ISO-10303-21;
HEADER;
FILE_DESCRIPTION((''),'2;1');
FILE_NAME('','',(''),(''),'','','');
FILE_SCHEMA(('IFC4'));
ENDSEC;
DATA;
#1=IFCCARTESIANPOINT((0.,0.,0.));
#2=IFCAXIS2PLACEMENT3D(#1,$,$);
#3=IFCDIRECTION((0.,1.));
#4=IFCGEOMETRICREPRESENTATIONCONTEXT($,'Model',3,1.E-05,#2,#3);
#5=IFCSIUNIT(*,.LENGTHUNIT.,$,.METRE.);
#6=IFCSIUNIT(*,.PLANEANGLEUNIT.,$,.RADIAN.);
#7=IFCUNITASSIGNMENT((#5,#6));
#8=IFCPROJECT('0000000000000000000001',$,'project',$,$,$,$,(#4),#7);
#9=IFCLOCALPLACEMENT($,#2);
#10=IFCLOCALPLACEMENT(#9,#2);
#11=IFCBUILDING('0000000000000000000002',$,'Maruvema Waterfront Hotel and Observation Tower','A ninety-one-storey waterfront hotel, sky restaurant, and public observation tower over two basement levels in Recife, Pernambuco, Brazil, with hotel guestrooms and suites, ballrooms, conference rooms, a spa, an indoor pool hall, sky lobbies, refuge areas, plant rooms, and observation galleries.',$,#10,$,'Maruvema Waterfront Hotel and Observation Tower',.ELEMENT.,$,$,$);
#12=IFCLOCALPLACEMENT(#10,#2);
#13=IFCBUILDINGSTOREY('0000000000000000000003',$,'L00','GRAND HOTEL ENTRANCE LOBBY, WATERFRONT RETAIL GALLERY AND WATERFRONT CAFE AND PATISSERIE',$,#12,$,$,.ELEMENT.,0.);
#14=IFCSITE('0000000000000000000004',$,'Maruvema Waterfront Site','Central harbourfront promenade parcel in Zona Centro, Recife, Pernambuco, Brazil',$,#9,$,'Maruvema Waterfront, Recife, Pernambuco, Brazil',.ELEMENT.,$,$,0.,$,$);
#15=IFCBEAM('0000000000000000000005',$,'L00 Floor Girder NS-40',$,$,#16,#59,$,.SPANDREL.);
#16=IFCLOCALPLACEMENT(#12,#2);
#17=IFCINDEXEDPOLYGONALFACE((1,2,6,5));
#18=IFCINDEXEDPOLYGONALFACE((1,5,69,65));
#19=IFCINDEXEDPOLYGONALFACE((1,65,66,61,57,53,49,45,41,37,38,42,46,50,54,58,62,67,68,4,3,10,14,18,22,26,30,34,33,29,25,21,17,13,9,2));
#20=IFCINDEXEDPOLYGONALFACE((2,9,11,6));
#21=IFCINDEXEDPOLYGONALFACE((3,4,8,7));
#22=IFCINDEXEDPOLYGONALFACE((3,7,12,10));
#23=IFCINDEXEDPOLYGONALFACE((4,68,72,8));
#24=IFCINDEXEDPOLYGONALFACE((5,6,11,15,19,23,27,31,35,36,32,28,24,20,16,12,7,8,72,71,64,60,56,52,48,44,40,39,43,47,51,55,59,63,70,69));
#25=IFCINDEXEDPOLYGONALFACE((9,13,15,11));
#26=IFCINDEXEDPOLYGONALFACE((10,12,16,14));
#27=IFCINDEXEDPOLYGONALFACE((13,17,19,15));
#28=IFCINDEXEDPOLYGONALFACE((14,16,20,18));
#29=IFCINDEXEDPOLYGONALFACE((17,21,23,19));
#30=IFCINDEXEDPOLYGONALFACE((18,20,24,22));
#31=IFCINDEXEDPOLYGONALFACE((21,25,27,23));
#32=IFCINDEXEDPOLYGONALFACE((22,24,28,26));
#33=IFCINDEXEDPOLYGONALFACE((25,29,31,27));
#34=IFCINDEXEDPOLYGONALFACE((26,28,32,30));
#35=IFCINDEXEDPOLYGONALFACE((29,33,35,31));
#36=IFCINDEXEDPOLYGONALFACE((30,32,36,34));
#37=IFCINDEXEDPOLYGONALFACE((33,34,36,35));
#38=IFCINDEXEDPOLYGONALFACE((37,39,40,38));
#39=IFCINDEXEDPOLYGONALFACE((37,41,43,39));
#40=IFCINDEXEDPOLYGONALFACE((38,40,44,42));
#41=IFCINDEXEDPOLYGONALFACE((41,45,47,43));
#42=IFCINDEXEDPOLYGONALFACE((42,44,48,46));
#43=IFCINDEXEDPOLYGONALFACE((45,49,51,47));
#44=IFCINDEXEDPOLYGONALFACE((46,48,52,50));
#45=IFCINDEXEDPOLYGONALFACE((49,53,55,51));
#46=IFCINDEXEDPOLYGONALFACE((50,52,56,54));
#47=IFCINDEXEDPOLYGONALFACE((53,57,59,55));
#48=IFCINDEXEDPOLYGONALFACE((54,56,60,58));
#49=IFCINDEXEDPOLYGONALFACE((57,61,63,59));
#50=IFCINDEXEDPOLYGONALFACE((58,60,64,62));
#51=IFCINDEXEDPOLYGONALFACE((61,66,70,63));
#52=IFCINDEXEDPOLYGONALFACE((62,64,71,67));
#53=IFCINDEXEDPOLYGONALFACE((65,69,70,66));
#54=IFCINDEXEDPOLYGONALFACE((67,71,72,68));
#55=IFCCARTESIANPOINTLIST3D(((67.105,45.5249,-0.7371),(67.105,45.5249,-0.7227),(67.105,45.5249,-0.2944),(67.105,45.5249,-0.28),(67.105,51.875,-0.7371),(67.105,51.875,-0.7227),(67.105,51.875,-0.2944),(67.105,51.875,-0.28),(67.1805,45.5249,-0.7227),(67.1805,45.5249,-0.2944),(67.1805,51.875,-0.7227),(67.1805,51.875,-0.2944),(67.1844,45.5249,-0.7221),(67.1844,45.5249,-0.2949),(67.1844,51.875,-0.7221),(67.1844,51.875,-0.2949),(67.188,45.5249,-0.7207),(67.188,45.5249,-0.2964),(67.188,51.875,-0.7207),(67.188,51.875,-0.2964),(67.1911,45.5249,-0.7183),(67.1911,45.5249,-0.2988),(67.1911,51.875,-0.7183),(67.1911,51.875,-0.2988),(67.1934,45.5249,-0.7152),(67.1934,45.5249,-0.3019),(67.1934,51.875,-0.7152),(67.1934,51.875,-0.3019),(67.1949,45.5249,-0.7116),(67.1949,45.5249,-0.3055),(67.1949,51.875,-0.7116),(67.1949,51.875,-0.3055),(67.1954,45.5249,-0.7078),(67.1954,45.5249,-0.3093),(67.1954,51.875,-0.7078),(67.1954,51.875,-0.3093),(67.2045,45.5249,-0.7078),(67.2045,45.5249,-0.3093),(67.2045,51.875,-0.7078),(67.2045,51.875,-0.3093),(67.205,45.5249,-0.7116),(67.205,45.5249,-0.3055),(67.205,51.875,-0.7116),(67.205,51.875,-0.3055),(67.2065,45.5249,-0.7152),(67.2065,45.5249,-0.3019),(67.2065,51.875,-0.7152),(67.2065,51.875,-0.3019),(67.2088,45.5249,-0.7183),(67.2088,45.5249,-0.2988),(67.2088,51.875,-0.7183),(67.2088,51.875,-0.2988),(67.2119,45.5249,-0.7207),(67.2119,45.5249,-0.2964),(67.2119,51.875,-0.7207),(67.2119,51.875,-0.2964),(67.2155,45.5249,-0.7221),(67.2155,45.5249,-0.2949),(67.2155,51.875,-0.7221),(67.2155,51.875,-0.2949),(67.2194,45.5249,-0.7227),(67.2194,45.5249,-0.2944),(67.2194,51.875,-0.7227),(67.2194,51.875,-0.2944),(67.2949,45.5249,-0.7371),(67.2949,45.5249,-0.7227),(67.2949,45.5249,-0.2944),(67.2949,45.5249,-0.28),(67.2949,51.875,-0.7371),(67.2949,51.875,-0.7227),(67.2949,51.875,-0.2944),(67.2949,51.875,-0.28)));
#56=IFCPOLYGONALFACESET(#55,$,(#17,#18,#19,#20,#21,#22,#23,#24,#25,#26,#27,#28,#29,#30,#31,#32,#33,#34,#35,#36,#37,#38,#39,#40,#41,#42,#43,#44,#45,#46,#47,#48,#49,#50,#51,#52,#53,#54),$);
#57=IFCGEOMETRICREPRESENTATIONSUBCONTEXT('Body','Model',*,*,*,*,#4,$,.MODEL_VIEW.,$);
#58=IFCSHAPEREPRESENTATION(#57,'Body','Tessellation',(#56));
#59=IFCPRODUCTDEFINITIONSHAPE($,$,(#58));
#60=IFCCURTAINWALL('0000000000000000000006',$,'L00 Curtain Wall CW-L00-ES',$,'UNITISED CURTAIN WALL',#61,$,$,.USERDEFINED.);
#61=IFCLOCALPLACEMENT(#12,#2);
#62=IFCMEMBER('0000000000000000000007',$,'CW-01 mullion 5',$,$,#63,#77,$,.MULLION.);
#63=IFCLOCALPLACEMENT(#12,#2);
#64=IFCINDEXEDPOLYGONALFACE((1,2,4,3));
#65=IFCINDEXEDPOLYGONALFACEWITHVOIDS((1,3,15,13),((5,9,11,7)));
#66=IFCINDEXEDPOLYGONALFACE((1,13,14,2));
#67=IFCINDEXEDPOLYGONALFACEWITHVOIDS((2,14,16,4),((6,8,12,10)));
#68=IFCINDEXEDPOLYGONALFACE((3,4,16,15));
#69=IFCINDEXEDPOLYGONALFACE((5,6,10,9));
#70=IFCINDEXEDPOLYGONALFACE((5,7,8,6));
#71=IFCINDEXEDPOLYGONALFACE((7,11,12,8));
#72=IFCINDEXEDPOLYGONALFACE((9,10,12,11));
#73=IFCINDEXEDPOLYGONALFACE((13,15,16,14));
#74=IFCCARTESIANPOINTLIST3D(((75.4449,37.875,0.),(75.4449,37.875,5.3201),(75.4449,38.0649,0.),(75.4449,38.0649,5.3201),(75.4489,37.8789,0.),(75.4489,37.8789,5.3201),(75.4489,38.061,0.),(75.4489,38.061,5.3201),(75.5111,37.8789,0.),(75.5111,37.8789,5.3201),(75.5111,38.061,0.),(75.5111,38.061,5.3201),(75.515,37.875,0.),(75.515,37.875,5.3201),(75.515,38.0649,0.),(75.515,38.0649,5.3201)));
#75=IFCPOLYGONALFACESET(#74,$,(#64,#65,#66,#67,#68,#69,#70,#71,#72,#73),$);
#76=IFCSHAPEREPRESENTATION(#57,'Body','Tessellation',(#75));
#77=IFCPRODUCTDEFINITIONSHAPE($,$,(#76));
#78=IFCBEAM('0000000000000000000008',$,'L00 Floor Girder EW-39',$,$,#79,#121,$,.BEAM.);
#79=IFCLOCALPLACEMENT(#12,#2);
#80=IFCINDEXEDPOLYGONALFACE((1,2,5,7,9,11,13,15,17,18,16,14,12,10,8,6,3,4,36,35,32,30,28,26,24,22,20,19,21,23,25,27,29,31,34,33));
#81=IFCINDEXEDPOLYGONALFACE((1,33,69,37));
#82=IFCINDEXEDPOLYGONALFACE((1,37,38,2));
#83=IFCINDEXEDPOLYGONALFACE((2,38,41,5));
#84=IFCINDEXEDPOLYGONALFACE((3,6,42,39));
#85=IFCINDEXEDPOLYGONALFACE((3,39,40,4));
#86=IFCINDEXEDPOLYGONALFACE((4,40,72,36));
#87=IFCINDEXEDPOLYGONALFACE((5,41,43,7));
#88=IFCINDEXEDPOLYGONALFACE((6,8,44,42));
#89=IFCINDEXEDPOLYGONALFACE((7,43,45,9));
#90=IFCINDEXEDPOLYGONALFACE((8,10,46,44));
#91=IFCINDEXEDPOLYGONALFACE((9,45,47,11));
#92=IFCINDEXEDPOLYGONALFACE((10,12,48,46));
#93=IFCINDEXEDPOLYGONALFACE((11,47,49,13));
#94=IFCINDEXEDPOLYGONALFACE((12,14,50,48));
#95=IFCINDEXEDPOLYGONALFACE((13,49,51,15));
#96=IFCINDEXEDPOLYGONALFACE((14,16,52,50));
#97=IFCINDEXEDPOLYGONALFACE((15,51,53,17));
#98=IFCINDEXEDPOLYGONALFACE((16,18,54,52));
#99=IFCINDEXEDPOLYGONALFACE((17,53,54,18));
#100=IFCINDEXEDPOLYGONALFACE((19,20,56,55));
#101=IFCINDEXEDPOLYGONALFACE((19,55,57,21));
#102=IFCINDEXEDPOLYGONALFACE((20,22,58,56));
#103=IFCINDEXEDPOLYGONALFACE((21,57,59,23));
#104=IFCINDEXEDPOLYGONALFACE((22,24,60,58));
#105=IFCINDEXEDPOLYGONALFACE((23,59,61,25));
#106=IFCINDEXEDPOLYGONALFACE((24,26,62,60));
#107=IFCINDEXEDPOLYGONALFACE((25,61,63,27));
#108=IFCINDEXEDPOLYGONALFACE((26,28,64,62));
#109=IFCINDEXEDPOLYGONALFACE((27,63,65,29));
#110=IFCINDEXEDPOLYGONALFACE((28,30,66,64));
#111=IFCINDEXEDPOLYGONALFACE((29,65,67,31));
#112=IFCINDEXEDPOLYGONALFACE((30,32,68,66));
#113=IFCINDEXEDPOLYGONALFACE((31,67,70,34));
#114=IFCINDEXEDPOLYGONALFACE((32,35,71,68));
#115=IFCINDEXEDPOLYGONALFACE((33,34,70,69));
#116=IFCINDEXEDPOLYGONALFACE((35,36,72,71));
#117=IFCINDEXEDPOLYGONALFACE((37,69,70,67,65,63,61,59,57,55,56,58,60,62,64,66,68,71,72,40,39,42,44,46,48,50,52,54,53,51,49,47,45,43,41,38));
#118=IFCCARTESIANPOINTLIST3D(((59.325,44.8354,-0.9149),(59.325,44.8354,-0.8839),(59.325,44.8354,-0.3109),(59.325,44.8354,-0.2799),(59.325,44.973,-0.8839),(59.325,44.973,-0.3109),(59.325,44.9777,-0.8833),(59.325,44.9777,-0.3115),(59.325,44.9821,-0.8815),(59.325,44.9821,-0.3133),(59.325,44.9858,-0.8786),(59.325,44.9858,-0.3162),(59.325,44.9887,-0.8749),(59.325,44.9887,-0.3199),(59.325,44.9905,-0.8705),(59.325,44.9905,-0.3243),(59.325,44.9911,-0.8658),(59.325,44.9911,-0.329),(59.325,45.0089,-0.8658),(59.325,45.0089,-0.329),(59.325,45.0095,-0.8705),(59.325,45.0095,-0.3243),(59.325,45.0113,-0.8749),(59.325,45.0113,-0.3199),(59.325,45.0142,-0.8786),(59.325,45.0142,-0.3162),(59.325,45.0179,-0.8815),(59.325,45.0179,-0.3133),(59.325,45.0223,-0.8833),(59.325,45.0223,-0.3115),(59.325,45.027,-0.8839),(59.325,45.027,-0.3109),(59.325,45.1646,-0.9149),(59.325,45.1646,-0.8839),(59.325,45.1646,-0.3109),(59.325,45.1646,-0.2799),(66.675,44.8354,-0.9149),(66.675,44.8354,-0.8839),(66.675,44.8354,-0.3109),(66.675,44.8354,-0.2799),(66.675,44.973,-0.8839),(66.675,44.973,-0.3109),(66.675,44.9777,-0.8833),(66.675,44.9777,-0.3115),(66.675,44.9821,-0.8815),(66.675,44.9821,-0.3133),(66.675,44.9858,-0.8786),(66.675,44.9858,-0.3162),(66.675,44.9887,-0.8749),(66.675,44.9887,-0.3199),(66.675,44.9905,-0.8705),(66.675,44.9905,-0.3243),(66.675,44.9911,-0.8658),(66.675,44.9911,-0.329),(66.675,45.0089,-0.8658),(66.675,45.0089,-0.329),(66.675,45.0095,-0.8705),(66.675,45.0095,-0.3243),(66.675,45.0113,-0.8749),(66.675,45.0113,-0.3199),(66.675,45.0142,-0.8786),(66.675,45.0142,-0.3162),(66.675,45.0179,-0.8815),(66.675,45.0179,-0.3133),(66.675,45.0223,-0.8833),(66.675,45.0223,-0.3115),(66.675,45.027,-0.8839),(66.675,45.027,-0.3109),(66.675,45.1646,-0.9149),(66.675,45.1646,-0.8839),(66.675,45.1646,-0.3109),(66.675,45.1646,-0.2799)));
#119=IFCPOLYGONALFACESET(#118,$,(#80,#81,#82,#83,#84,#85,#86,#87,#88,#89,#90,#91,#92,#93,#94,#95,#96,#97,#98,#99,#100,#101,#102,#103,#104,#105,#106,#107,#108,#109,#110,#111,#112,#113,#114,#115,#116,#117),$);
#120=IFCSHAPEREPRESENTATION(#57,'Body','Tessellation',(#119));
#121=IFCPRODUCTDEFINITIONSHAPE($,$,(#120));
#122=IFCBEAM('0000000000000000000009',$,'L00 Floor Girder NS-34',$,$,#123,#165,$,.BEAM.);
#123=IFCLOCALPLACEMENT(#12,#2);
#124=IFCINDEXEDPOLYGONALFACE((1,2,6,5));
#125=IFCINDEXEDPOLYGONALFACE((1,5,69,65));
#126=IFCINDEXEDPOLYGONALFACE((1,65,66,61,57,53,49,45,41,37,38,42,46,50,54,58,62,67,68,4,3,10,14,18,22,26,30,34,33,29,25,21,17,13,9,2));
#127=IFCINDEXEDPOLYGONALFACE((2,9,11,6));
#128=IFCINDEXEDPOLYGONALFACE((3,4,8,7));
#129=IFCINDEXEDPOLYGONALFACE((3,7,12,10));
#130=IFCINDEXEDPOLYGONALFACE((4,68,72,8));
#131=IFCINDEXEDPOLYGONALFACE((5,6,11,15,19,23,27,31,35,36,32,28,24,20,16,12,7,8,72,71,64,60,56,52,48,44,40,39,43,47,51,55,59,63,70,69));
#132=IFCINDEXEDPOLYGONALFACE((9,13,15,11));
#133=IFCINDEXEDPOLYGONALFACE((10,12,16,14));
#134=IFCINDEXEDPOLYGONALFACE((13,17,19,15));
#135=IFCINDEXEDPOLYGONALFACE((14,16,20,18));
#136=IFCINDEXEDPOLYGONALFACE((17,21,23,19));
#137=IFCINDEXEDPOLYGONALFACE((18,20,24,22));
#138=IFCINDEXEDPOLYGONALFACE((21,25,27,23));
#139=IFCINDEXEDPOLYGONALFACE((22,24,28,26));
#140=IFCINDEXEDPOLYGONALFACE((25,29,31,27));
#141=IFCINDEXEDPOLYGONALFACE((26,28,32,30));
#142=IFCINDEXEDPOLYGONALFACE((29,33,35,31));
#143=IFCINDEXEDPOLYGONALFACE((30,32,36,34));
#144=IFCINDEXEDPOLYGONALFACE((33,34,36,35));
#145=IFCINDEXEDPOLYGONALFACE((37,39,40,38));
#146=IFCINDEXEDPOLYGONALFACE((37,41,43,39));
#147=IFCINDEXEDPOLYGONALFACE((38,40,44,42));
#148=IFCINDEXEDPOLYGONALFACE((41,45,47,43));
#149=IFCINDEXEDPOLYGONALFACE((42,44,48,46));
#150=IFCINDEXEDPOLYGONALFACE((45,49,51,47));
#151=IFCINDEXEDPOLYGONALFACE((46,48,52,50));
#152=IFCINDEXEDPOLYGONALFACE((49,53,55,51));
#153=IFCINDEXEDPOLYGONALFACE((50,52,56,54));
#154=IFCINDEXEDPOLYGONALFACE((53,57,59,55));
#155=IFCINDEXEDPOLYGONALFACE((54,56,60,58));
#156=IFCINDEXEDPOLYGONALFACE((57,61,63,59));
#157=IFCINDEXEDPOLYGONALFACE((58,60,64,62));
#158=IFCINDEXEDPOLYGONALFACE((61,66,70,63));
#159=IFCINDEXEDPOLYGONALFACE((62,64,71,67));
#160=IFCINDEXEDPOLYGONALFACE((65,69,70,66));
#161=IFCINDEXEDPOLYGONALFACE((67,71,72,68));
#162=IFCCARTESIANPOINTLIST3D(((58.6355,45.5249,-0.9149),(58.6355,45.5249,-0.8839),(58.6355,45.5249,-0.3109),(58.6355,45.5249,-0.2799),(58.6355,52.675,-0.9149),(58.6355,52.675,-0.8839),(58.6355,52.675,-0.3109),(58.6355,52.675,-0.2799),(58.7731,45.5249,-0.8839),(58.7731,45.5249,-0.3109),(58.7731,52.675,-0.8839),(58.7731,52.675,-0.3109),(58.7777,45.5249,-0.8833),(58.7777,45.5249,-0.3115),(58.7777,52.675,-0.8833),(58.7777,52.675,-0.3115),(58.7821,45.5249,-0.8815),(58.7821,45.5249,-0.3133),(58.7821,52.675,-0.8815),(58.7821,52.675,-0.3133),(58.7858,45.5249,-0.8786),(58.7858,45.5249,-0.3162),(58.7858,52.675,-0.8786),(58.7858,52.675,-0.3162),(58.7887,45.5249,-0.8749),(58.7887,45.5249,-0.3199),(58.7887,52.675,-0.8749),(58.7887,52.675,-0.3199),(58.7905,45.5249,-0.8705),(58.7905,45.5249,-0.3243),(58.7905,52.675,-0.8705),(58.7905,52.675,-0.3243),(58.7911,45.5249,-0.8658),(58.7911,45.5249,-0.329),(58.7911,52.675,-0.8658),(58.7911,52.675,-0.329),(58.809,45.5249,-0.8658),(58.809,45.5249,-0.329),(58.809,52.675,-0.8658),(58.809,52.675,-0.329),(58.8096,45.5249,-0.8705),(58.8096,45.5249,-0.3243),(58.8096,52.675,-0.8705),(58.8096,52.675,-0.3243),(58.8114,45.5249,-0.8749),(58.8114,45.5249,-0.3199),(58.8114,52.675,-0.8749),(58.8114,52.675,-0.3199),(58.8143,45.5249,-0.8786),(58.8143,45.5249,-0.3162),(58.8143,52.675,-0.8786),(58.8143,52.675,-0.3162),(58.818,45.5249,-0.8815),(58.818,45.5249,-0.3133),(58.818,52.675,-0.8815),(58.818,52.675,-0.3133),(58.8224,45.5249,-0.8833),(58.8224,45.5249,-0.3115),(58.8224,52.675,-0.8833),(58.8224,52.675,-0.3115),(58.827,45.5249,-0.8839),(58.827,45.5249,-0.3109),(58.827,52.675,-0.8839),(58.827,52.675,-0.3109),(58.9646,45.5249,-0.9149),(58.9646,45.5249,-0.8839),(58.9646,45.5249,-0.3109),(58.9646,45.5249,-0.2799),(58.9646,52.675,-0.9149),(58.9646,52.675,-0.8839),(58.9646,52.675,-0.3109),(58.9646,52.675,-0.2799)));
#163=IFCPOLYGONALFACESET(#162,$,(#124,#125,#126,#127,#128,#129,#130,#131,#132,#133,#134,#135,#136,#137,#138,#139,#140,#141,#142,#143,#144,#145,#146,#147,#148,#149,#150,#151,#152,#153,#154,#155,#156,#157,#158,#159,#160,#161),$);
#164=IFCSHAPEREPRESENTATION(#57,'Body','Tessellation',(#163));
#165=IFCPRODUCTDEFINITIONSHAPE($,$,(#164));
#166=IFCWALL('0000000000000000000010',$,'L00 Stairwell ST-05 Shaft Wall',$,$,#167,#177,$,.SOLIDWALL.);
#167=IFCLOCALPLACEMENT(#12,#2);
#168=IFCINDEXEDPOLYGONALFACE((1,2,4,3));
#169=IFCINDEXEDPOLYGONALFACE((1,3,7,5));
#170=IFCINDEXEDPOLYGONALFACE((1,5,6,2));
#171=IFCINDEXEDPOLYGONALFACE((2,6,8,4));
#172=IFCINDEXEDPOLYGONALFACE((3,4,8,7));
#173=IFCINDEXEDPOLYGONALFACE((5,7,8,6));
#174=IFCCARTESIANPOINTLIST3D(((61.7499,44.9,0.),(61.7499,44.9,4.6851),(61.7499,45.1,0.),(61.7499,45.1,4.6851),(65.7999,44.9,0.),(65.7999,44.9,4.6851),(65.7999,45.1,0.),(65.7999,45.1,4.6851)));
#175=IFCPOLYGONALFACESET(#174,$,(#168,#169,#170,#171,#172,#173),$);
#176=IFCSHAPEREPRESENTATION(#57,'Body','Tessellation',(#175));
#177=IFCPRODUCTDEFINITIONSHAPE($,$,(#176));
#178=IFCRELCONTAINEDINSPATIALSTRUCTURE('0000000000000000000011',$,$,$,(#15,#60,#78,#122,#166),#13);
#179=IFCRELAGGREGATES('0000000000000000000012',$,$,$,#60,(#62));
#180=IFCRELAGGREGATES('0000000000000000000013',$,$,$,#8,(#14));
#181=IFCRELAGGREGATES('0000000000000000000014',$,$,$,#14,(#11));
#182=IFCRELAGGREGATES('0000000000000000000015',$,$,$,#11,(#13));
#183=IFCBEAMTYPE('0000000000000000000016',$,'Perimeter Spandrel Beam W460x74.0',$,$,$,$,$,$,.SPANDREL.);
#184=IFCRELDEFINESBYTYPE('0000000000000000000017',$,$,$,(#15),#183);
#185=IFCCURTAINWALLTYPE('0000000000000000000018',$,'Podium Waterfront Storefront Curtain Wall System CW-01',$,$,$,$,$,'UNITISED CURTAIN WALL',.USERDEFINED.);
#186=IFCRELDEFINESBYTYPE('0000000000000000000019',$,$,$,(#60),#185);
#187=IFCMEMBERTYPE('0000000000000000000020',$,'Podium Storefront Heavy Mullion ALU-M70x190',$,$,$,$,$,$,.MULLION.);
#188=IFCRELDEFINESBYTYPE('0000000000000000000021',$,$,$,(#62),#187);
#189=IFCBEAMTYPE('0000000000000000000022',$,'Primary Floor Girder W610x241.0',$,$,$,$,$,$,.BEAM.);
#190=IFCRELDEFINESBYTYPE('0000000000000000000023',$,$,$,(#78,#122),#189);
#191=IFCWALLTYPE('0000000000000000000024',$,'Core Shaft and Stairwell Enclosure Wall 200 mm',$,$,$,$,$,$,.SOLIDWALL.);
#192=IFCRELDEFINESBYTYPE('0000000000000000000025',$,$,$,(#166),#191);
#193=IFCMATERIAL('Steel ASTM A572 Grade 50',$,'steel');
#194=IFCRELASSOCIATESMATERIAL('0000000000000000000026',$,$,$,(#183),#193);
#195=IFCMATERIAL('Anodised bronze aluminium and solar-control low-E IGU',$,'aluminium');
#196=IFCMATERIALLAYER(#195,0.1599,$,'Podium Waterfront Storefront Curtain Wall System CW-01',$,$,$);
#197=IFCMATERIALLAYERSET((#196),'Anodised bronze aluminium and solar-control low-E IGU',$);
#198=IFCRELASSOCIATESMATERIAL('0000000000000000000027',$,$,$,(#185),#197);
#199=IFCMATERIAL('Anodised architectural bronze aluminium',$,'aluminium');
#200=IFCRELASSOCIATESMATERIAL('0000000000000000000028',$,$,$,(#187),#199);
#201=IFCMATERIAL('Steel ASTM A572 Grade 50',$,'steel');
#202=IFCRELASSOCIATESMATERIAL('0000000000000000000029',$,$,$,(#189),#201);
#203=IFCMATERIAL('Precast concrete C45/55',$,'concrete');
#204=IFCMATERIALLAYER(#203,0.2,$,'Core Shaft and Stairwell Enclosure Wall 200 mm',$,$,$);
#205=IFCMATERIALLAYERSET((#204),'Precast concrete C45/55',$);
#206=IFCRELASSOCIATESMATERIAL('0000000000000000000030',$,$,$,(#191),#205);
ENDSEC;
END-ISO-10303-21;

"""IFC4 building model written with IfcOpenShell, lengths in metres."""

from ifc_helpers import new_model, si_unit, direction, frame, frame_2d, origin, origin_2d, place, context, subcontext, project, spatial, rectangle, hollow_rectangle, i_section, extrude, material, layer, layer_set, material_profile, profile_set, type_object, element, aggregate, save


model = new_model("IFC4")

# Units and contexts
model_context = context("Model", 3, precision=1e-05, world=origin(), true_north=direction((0.0, 1.0)))
body_context = subcontext(model_context, "Body", "Model", "MODEL_VIEW")
ifc_project = project(units=[si_unit("LENGTHUNIT", "METRE"), si_unit("PLANEANGLEUNIT", "RADIAN")], contexts=[model_context])

# Site, building, storey
site_placement = place(None, origin())
site = spatial("IfcSite", under=ifc_project, at=site_placement, Name="Maruvema Waterfront Site", Description="Central harbourfront promenade parcel in Zona Centro, Recife, Pernambuco, Brazil", LongName="Maruvema Waterfront, Recife, Pernambuco, Brazil", CompositionType="ELEMENT", RefElevation=0.0)
building_placement = place(site_placement, origin())
building = spatial("IfcBuilding", under=site, at=building_placement, Name="Maruvema Waterfront Hotel and Observation Tower", Description="A ninety-one-storey waterfront hotel, sky restaurant, and public observation tower over two basement levels in Recife, Pernambuco, Brazil, with hotel guestrooms and suites, ballrooms, conference rooms, a spa, an indoor pool hall, sky lobbies, refuge areas, plant rooms, and observation galleries.", LongName="Maruvema Waterfront Hotel and Observation Tower", CompositionType="ELEMENT")
storey_placement = place(building_placement, origin())
storey = spatial("IfcBuildingStorey", under=building, at=storey_placement, Name="L00", Description="GRAND HOTEL ENTRANCE LOBBY, WATERFRONT RETAIL GALLERY AND WATERFRONT CAFE AND PATISSERIE", CompositionType="ELEMENT", Elevation=0.0)

# Beam
ifc_material_1 = material(Name="Steel ASTM A572 Grade 50", Category="steel")
ifc_material_profile_1 = material_profile(ifc_material_1, i_section(OverallWidth=0.1899, OverallDepth=0.457, WebThickness=0.009, FlangeThickness=0.0144, FilletRadius=0.0149, at=origin_2d()), Name="W460x74.0")
ifc_profile_set_1 = profile_set([ifc_material_profile_1], Name="Steel ASTM A572 Grade 50")
beam_type_1 = type_object("IfcBeamType", Name="Perimeter Spandrel Beam W460x74.0", PredefinedType="SPANDREL", material=ifc_profile_set_1)
beam_1_placement = place(storey_placement, frame((67.2, 45.5249, -0.5085), z_axis=(0.0, 1.0, 0.0), x_axis=(-1.0, 0.0, 0.0)))
element("IfcBeam", 1, at=beam_1_placement, inside=storey, type_object=beam_type_1, Name="L00 Floor Girder NS-40", PredefinedType="SPANDREL", context=body_context, shape_type="SweptSolid", body=[
    extrude(i_section(OverallWidth=0.1899, OverallDepth=0.457, WebThickness=0.009, FlangeThickness=0.0144, FilletRadius=0.0149, at=origin_2d()), origin(), (0.0, 0.0, 1.0), 6.3501),
])

# Curtain wall, member
ifc_material_2 = material(Name="Anodised bronze aluminium and solar-control low-E IGU", Category="aluminium")
ifc_layer_1 = layer(ifc_material_2, 0.1599, Name="Podium Waterfront Storefront Curtain Wall System CW-01")
ifc_layer_set_1 = layer_set([ifc_layer_1], Name="Anodised bronze aluminium and solar-control low-E IGU")
curtain_wall_type = type_object("IfcCurtainWallType", Name="Podium Waterfront Storefront Curtain Wall System CW-01", ElementType="UNITISED CURTAIN WALL", PredefinedType="USERDEFINED", material=ifc_layer_set_1)
curtain_wall_placement = place(storey_placement, origin())
curtain_wall = element("IfcCurtainWall", 2, at=curtain_wall_placement, inside=storey, type_object=curtain_wall_type, Name="L00 Curtain Wall CW-L00-ES", ObjectType="UNITISED CURTAIN WALL", PredefinedType="USERDEFINED")
ifc_material_3 = material(Name="Anodised architectural bronze aluminium", Category="aluminium")
ifc_material_profile_2 = material_profile(ifc_material_3, hollow_rectangle(XDim=0.0701, YDim=0.1899, WallThickness=0.0039, at=origin_2d()), Name="ALU-M70x190")
ifc_profile_set_2 = profile_set([ifc_material_profile_2], Name="Anodised architectural bronze aluminium")
member_type = type_object("IfcMemberType", Name="Podium Storefront Heavy Mullion ALU-M70x190", PredefinedType="MULLION", material=ifc_profile_set_2)
member_placement = place(storey_placement, frame((75.48, 37.97, 0.0), z_axis=(0.0, 0.0, 1.0), x_axis=(-1.0, 0.0, 0.0)))
member = element("IfcMember", 3, at=member_placement, type_object=member_type, Name="CW-01 mullion 5", PredefinedType="MULLION", context=body_context, shape_type="SweptSolid", body=[
    extrude(hollow_rectangle(XDim=0.0701, YDim=0.1899, WallThickness=0.0039, at=origin_2d()), origin(), (0.0, 0.0, 1.0), 5.3201),
])
aggregate(curtain_wall, [member])

# Beams
ifc_material_4 = material(Name="Steel ASTM A572 Grade 50", Category="steel")
ifc_material_profile_3 = material_profile(ifc_material_4, i_section(OverallWidth=0.3291, OverallDepth=0.635, WebThickness=0.0178, FlangeThickness=0.031, FilletRadius=0.0181, at=origin_2d()), Name="W610x241.0")
ifc_profile_set_3 = profile_set([ifc_material_profile_3], Name="Steel ASTM A572 Grade 50")
beam_type_2 = type_object("IfcBeamType", Name="Primary Floor Girder W610x241.0", PredefinedType="BEAM", material=ifc_profile_set_3)
beam_2_placement = place(storey_placement, frame((59.325, 45.0, -0.5974), z_axis=(1.0, 0.0, 0.0), x_axis=(0.0, 1.0, 0.0)))
element("IfcBeam", 4, at=beam_2_placement, inside=storey, type_object=beam_type_2, Name="L00 Floor Girder EW-39", PredefinedType="BEAM", context=body_context, shape_type="SweptSolid", body=[
    extrude(i_section(OverallWidth=0.3291, OverallDepth=0.635, WebThickness=0.0178, FlangeThickness=0.031, FilletRadius=0.0181, at=origin_2d()), origin(), (0.0, 0.0, 1.0), 7.3501),
])
beam_3_placement = place(storey_placement, frame((58.8, 45.5249, -0.5974), z_axis=(0.0, 1.0, 0.0), x_axis=(-1.0, 0.0, 0.0)))
element("IfcBeam", 5, at=beam_3_placement, inside=storey, type_object=beam_type_2, Name="L00 Floor Girder NS-34", PredefinedType="BEAM", context=body_context, shape_type="SweptSolid", body=[
    extrude(i_section(OverallWidth=0.3291, OverallDepth=0.635, WebThickness=0.0178, FlangeThickness=0.031, FilletRadius=0.0181, at=origin_2d()), origin(), (0.0, 0.0, 1.0), 7.1501),
])

# Wall
ifc_material_5 = material(Name="Precast concrete C45/55", Category="concrete")
ifc_layer_2 = layer(ifc_material_5, 0.2, Name="Core Shaft and Stairwell Enclosure Wall 200 mm")
ifc_layer_set_2 = layer_set([ifc_layer_2], Name="Precast concrete C45/55")
wall_type_1 = type_object("IfcWallType", Name="Core Shaft and Stairwell Enclosure Wall 200 mm", PredefinedType="SOLIDWALL", material=ifc_layer_set_2)
wall_1_placement = place(storey_placement, frame((61.75, 45.0, 0.0), z_axis=(0.0, 0.0, 1.0), x_axis=(1.0, 0.0, 0.0)))
element("IfcWall", 6, at=wall_1_placement, inside=storey, type_object=wall_type_1, Name="L00 Stairwell ST-05 Shaft Wall", PredefinedType="SOLIDWALL", context=body_context, shape_type="SweptSolid", body=[
    extrude(rectangle(XDim=4.05, YDim=0.2, at=frame_2d((2.0249, 0.0))), origin(), (0.0, 0.0, 1.0), 4.6851),
])

save(model, "model.ifc")
